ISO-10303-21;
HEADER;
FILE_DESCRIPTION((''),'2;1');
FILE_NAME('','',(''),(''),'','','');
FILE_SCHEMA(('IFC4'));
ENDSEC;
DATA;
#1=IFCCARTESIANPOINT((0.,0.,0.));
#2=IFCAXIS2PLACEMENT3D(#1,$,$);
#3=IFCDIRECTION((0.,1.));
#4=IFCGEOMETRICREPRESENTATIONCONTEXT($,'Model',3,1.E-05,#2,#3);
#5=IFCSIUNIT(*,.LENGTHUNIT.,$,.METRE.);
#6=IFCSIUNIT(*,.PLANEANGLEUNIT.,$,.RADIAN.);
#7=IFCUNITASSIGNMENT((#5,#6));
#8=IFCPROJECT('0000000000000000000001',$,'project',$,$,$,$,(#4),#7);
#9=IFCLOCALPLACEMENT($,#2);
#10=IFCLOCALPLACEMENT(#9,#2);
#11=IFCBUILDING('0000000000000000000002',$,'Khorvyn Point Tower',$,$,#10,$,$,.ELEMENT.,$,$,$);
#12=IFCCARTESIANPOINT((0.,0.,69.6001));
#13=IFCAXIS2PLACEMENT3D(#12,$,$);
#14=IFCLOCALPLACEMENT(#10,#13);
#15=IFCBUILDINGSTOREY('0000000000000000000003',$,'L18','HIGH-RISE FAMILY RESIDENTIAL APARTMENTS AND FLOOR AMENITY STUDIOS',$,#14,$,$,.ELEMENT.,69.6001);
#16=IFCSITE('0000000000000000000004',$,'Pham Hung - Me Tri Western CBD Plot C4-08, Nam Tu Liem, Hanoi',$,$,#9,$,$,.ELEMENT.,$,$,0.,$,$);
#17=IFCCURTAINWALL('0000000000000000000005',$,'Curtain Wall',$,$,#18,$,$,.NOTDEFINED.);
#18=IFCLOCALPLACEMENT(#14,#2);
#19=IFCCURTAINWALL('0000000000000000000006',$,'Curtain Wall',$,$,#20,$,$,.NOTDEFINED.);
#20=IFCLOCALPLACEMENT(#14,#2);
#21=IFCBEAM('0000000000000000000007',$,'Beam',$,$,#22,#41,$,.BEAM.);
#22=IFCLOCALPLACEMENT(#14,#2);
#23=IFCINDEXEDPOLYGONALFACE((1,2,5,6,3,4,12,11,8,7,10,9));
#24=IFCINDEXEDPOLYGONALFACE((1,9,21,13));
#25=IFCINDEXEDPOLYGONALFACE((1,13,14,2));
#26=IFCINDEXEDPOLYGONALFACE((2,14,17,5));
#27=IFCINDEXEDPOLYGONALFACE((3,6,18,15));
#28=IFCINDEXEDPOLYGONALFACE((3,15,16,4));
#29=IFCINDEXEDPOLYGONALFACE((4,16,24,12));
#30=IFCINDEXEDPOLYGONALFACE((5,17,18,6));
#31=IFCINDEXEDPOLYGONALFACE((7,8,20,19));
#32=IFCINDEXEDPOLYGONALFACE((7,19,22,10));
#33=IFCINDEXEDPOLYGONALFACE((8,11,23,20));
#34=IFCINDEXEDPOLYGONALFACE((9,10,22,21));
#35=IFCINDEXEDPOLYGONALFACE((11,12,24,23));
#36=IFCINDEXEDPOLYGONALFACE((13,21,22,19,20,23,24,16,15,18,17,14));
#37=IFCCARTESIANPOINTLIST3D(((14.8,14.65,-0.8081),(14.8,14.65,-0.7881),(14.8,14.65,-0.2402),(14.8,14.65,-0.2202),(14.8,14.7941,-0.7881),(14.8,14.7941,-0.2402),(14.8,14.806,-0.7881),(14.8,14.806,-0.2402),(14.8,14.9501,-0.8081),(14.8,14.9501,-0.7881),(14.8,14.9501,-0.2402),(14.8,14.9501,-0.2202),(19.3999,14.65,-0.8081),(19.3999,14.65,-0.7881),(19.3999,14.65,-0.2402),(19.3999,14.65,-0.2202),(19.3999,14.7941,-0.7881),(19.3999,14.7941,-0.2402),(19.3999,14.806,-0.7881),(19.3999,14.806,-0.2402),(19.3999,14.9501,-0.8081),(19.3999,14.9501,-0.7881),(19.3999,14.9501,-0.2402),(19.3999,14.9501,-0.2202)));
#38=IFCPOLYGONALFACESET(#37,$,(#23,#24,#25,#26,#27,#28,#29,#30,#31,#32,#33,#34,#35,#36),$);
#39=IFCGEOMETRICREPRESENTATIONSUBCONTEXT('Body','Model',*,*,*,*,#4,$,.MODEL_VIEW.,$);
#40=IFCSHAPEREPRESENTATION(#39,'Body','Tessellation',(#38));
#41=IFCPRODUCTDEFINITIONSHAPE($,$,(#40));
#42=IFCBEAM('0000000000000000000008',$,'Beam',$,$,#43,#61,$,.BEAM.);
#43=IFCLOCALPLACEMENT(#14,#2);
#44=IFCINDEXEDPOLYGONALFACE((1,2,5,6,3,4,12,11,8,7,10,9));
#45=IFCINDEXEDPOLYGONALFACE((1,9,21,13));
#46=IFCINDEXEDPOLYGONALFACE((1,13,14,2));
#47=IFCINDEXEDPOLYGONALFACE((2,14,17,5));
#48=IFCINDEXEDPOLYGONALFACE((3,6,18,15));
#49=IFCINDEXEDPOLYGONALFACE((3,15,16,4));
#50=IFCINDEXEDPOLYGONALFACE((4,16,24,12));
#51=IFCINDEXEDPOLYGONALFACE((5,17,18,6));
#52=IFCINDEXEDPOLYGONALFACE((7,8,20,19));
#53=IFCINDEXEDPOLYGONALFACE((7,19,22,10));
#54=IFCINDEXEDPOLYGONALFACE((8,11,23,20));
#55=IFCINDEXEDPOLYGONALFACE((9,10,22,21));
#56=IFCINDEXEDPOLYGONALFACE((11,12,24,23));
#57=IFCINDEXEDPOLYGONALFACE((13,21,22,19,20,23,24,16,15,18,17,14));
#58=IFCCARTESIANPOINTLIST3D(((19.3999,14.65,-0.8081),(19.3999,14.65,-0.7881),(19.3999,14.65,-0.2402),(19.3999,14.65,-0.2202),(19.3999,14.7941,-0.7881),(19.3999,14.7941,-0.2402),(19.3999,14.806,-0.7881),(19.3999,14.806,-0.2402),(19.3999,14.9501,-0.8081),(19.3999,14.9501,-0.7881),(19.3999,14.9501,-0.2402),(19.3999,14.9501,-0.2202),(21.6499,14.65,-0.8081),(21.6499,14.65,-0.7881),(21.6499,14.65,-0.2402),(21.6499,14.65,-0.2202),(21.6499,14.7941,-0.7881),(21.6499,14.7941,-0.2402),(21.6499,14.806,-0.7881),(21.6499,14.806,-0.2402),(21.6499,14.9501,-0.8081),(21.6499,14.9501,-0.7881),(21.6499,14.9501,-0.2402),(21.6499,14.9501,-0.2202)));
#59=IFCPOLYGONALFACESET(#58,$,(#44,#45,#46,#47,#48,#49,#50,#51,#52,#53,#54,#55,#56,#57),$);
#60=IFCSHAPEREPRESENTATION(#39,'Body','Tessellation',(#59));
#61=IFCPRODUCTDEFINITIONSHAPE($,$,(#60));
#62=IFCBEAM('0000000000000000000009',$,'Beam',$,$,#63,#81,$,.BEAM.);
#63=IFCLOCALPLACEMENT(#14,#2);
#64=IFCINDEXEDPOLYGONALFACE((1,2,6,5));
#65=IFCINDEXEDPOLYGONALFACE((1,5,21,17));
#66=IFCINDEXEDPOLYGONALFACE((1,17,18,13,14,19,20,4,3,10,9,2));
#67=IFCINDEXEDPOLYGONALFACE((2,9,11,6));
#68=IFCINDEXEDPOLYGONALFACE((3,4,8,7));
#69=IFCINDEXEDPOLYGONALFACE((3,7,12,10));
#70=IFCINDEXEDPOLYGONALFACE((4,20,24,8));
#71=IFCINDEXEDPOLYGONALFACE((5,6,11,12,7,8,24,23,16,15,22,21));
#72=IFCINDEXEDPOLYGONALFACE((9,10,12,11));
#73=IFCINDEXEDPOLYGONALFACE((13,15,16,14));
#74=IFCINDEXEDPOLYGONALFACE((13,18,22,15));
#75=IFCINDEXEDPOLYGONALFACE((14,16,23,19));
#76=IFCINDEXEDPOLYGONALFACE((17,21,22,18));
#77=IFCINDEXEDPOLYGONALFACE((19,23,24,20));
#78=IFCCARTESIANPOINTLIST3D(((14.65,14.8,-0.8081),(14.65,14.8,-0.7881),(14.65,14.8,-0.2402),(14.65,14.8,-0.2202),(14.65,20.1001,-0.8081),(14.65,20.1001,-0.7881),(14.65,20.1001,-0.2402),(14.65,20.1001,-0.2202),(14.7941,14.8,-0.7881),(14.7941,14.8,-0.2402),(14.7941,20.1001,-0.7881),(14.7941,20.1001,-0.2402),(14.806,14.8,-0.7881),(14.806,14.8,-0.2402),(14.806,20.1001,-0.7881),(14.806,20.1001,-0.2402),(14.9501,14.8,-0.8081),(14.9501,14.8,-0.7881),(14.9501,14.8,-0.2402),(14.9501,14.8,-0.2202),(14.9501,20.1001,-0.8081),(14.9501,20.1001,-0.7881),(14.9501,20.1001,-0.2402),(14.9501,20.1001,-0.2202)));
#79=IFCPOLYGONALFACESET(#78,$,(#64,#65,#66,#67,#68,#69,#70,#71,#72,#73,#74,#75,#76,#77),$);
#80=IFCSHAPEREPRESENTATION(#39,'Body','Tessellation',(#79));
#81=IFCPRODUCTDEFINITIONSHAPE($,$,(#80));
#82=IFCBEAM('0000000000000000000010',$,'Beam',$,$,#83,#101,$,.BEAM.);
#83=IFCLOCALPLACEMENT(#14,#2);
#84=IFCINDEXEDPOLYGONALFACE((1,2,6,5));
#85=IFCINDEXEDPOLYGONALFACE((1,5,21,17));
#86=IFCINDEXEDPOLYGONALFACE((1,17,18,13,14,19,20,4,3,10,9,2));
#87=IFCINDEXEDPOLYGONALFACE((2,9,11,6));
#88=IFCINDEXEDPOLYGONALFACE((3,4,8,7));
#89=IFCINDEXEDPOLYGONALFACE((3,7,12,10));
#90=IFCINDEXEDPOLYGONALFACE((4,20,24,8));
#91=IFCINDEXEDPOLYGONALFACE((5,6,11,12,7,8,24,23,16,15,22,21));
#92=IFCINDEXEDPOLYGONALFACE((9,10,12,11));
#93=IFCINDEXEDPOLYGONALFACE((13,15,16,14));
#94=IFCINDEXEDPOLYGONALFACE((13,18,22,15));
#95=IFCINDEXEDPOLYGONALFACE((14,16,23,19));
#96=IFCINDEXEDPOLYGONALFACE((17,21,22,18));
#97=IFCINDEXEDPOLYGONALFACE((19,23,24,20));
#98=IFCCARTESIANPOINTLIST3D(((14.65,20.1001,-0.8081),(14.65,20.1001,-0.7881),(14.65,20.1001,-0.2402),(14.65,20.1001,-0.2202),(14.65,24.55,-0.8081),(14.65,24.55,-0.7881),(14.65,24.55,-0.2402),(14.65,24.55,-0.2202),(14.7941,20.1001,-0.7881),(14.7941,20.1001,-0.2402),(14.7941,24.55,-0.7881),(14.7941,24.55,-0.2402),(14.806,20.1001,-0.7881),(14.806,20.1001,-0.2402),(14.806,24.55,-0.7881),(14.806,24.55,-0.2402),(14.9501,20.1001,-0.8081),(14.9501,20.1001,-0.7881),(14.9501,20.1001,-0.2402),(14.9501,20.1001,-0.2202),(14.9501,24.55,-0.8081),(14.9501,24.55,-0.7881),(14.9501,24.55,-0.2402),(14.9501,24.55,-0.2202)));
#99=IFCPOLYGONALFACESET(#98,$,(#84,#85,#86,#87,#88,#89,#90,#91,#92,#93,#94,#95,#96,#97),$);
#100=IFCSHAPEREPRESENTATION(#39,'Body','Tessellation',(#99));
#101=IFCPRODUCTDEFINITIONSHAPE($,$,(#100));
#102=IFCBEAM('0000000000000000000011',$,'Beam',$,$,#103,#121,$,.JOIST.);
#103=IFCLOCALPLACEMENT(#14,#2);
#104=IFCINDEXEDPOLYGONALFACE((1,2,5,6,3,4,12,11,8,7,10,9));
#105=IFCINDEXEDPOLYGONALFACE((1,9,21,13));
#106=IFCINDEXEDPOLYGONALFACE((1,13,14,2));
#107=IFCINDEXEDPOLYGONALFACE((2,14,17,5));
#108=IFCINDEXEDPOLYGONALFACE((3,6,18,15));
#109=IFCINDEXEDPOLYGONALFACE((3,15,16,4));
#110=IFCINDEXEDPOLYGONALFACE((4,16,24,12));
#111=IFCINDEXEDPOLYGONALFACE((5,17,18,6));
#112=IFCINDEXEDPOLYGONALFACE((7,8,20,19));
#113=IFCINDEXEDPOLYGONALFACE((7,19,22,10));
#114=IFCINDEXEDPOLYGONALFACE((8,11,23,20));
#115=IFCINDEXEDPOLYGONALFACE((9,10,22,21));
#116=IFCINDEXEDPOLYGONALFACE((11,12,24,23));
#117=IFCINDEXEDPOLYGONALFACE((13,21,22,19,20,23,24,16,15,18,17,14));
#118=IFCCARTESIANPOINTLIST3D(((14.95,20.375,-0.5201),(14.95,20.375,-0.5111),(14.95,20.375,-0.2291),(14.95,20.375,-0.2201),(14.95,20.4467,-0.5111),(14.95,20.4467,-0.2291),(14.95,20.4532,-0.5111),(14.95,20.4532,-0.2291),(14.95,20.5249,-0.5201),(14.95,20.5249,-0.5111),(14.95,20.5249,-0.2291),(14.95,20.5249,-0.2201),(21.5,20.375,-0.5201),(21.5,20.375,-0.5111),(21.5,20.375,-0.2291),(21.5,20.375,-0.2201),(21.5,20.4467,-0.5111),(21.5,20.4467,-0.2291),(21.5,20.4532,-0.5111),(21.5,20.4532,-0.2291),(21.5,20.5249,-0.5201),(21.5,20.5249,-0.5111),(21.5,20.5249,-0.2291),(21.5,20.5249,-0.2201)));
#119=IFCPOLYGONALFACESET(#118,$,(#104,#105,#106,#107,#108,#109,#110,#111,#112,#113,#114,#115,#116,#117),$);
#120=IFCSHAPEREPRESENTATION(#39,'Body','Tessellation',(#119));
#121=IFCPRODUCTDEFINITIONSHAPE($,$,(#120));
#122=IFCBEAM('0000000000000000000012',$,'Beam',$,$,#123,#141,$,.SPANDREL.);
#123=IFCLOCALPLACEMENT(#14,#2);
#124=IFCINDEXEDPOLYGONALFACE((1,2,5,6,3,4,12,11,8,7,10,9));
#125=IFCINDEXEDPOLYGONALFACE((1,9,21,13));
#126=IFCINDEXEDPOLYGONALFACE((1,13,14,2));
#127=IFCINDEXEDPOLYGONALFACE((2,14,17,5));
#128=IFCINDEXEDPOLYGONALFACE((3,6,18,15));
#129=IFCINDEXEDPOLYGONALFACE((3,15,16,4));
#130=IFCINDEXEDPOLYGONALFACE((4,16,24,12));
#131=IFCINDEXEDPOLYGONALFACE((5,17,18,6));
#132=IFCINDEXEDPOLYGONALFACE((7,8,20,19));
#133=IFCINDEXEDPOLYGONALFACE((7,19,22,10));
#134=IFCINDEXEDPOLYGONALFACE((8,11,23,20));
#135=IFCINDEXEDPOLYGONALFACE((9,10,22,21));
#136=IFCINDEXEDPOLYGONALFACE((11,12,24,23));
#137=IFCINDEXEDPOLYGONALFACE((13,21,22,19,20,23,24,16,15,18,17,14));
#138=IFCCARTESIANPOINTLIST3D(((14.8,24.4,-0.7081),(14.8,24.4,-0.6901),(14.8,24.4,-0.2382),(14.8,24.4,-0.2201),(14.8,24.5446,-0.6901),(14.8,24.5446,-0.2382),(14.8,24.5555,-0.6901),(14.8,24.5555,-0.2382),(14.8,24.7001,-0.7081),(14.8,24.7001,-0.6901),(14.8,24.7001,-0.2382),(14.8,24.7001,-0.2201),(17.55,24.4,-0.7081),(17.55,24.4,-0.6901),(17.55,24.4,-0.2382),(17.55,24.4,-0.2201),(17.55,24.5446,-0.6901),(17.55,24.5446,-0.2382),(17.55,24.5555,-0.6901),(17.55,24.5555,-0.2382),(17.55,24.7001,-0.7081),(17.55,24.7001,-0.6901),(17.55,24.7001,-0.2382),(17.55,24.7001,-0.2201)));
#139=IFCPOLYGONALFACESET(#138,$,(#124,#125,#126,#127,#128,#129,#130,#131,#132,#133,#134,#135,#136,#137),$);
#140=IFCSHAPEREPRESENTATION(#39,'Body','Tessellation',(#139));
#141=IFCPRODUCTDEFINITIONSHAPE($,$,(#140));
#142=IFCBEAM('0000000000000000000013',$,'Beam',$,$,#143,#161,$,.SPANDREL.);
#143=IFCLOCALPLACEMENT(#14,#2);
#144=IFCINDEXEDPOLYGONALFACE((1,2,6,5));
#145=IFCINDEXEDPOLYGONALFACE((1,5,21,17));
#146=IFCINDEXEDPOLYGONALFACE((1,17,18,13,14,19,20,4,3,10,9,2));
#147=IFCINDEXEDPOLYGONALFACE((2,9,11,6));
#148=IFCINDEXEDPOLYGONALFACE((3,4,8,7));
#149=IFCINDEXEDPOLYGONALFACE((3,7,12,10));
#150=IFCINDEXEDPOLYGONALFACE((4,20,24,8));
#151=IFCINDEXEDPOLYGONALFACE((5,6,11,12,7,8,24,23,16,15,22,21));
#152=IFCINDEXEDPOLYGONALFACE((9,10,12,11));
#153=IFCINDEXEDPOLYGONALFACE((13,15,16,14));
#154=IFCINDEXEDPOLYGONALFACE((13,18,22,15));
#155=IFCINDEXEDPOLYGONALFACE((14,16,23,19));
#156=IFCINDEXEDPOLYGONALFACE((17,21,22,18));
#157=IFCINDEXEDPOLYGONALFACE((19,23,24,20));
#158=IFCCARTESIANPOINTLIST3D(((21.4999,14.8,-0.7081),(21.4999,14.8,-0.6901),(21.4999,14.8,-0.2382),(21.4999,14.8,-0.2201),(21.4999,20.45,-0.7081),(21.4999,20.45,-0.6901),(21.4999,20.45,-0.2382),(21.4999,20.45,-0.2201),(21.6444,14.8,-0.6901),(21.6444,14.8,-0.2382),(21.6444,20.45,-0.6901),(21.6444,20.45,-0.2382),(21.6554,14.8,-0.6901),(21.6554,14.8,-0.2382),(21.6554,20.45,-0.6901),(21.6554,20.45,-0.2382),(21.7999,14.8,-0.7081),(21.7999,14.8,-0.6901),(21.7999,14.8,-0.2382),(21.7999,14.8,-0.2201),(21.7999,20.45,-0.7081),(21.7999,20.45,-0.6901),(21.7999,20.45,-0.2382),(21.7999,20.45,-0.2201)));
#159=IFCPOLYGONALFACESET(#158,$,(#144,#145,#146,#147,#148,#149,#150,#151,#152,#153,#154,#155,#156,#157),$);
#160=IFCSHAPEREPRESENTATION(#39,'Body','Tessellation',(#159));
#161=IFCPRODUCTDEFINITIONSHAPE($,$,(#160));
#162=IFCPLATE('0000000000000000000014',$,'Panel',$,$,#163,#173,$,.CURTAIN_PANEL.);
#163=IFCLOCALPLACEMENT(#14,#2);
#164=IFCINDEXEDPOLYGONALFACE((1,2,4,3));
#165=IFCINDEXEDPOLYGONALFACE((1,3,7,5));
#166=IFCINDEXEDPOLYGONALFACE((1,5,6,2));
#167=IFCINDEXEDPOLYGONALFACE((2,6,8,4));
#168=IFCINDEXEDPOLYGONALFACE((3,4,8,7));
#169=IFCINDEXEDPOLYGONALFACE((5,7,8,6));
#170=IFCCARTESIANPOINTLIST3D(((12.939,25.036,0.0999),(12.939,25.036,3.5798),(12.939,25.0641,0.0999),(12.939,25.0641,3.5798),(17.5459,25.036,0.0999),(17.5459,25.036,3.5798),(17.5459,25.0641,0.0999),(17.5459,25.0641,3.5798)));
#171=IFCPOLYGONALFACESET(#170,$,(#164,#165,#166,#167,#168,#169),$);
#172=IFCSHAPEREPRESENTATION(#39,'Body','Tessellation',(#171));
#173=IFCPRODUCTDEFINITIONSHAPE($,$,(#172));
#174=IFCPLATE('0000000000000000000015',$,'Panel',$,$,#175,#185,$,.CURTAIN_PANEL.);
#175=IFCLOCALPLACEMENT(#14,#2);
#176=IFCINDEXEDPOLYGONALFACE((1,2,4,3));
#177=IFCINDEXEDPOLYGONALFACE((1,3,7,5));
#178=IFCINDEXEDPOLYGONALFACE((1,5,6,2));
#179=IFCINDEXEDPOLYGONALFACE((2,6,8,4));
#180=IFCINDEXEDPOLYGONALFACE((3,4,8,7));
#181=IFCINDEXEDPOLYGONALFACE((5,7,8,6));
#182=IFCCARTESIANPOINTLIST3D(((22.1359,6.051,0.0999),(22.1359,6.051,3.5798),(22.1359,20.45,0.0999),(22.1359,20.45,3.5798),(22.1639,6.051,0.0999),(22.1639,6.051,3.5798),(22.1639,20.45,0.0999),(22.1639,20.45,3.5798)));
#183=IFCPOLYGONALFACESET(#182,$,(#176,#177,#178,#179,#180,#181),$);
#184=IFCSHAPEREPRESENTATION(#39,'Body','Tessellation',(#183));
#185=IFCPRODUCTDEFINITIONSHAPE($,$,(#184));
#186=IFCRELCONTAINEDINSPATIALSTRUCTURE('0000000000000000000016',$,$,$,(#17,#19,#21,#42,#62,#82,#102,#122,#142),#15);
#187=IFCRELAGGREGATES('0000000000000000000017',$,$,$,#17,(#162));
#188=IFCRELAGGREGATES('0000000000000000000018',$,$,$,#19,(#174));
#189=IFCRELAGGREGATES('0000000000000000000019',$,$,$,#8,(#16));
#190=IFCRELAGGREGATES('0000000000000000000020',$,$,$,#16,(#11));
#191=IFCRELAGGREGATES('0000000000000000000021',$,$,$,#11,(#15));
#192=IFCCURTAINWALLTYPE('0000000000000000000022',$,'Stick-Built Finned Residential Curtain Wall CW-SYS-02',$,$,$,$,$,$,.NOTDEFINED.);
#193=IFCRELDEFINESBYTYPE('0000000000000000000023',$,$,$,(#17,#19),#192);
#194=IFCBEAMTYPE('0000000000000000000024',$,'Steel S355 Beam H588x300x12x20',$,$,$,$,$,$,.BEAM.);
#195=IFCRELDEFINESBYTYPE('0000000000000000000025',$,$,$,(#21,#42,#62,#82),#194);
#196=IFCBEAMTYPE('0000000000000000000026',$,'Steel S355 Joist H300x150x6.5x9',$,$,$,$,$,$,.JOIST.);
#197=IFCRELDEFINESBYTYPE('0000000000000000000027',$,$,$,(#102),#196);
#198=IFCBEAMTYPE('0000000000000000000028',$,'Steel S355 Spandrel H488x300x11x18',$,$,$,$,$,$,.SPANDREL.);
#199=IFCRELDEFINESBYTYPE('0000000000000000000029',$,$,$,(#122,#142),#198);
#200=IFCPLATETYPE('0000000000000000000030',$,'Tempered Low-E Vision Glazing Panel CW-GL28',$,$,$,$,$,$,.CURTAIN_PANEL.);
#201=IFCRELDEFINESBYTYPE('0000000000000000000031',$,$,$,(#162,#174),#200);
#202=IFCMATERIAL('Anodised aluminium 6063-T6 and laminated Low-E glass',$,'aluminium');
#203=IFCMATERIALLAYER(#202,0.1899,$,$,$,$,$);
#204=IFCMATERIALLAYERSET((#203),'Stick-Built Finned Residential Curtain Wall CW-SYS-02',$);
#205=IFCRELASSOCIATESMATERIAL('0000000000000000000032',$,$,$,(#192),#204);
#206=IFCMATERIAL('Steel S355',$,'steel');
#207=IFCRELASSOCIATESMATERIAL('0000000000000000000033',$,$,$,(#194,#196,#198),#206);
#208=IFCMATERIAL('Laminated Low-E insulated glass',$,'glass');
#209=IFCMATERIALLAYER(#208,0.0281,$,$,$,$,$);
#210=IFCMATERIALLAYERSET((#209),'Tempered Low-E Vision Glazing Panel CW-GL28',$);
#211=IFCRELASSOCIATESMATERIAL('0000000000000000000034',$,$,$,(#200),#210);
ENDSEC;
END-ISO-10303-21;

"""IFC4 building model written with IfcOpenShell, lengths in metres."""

from ifc_helpers import new_model, si_unit, direction, frame, origin, origin_2d, place, context, subcontext, project, spatial, rectangle, i_section, extrude, material, layer, layer_set, material_profile, profile_set, type_object, element, aggregate, save


model = new_model("IFC4")

# Units and contexts
model_context = context("Model", 3, precision=1e-05, world=origin(), true_north=direction((0.0, 1.0)))
body_context = subcontext(model_context, "Body", "Model", "MODEL_VIEW")
ifc_project = project(units=[si_unit("LENGTHUNIT", "METRE"), si_unit("PLANEANGLEUNIT", "RADIAN")], contexts=[model_context])

# Site, building, storey
site_placement = place(None, origin())
site = spatial("IfcSite", under=ifc_project, at=site_placement, Name="Pham Hung - Me Tri Western CBD Plot C4-08, Nam Tu Liem, Hanoi", CompositionType="ELEMENT", RefElevation=0.0)
building_placement = place(site_placement, origin())
building = spatial("IfcBuilding", under=site, at=building_placement, Name="Khorvyn Point Tower", CompositionType="ELEMENT")
storey_placement = place(building_placement, frame((0.0, 0.0, 69.6001)))
storey = spatial("IfcBuildingStorey", under=building, at=storey_placement, Name="L18", Description="HIGH-RISE FAMILY RESIDENTIAL APARTMENTS AND FLOOR AMENITY STUDIOS", CompositionType="ELEMENT", Elevation=69.6001)

# Curtain wall
ifc_material_1 = material(Name="Anodised aluminium 6063-T6 and laminated Low-E glass", Category="aluminium")
ifc_layer_1 = layer(ifc_material_1, 0.1899)
ifc_layer_set_1 = layer_set([ifc_layer_1], Name="Stick-Built Finned Residential Curtain Wall CW-SYS-02")
curtain_wall_type = type_object("IfcCurtainWallType", Name="Stick-Built Finned Residential Curtain Wall CW-SYS-02", PredefinedType="NOTDEFINED", material=ifc_layer_set_1)
curtain_wall_1_placement = place(storey_placement, origin())
curtain_wall_1 = element("IfcCurtainWall", 1, at=curtain_wall_1_placement, inside=storey, type_object=curtain_wall_type, Name="Curtain Wall", PredefinedType="NOTDEFINED")

# Curtain wall
curtain_wall_2_placement = place(storey_placement, origin())
curtain_wall_2 = element("IfcCurtainWall", 2, at=curtain_wall_2_placement, inside=storey, type_object=curtain_wall_type, Name="Curtain Wall", PredefinedType="NOTDEFINED")

# Beams
ifc_material_2 = material(Name="Steel S355", Category="steel")
ifc_material_profile_1 = material_profile(ifc_material_2, i_section(OverallWidth=0.3, OverallDepth=0.5879, WebThickness=0.012, FlangeThickness=0.02, at=origin_2d()))
ifc_profile_set_1 = profile_set([ifc_material_profile_1], Name="Steel S355 H588x300x12x20")
beam_type_1 = type_object("IfcBeamType", Name="Steel S355 Beam H588x300x12x20", PredefinedType="BEAM", material=ifc_profile_set_1)
beam_1_placement = place(storey_placement, frame((14.8, 14.8, -0.5142), z_axis=(1.0, 0.0, 0.0), x_axis=(0.0, 1.0, 0.0)))
element("IfcBeam", 3, at=beam_1_placement, inside=storey, type_object=beam_type_1, Name="Beam", PredefinedType="BEAM", context=body_context, shape_type="SweptSolid", body=[
    extrude(i_section(OverallWidth=0.3, OverallDepth=0.5879, WebThickness=0.012, FlangeThickness=0.02, at=origin_2d()), origin(), (0.0, 0.0, 1.0), 4.5999),
])
beam_2_placement = place(storey_placement, frame((19.3999, 14.8, -0.5142), z_axis=(1.0, 0.0, 0.0), x_axis=(0.0, 1.0, 0.0)))
element("IfcBeam", 4, at=beam_2_placement, inside=storey, type_object=beam_type_1, Name="Beam", PredefinedType="BEAM", context=body_context, shape_type="SweptSolid", body=[
    extrude(i_section(OverallWidth=0.3, OverallDepth=0.5879, WebThickness=0.012, FlangeThickness=0.02, at=origin_2d()), origin(), (0.0, 0.0, 1.0), 2.25),
])
beam_3_placement = place(storey_placement, frame((14.8, 14.8, -0.5142), z_axis=(0.0, 1.0, 0.0), x_axis=(-1.0, 0.0, 0.0)))
element("IfcBeam", 5, at=beam_3_placement, inside=storey, type_object=beam_type_1, Name="Beam", PredefinedType="BEAM", context=body_context, shape_type="SweptSolid", body=[
    extrude(i_section(OverallWidth=0.3, OverallDepth=0.5879, WebThickness=0.012, FlangeThickness=0.02, at=origin_2d()), origin(), (0.0, 0.0, 1.0), 5.3),
])
beam_4_placement = place(storey_placement, frame((14.8, 20.1001, -0.5142), z_axis=(0.0, 1.0, 0.0), x_axis=(-1.0, 0.0, 0.0)))
element("IfcBeam", 6, at=beam_4_placement, inside=storey, type_object=beam_type_1, Name="Beam", PredefinedType="BEAM", context=body_context, shape_type="SweptSolid", body=[
    extrude(i_section(OverallWidth=0.3, OverallDepth=0.5879, WebThickness=0.012, FlangeThickness=0.02, at=origin_2d()), origin(), (0.0, 0.0, 1.0), 4.45),
])
ifc_material_profile_2 = material_profile(ifc_material_2, i_section(OverallWidth=0.1499, OverallDepth=0.3, WebThickness=0.0066, FlangeThickness=0.009, at=origin_2d()))
ifc_profile_set_2 = profile_set([ifc_material_profile_2], Name="Steel S355 H300x150x6.5x9")
beam_type_2 = type_object("IfcBeamType", Name="Steel S355 Joist H300x150x6.5x9", PredefinedType="JOIST", material=ifc_profile_set_2)
beam_5_placement = place(storey_placement, frame((14.95, 20.45, -0.3701), z_axis=(1.0, 0.0, 0.0), x_axis=(0.0, 1.0, 0.0)))
element("IfcBeam", 7, at=beam_5_placement, inside=storey, type_object=beam_type_2, Name="Beam", PredefinedType="JOIST", context=body_context, shape_type="SweptSolid", body=[
    extrude(i_section(OverallWidth=0.1499, OverallDepth=0.3, WebThickness=0.0066, FlangeThickness=0.009, at=origin_2d()), origin(), (0.0, 0.0, 1.0), 6.55),
])
ifc_material_profile_3 = material_profile(ifc_material_2, i_section(OverallWidth=0.3, OverallDepth=0.488, WebThickness=0.011, FlangeThickness=0.0181, at=origin_2d()))
ifc_profile_set_3 = profile_set([ifc_material_profile_3], Name="Steel S355 H488x300x11x18")
beam_type_3 = type_object("IfcBeamType", Name="Steel S355 Spandrel H488x300x11x18", PredefinedType="SPANDREL", material=ifc_profile_set_3)
beam_6_placement = place(storey_placement, frame((14.8, 24.55, -0.4641), z_axis=(1.0, 0.0, 0.0), x_axis=(0.0, 1.0, 0.0)))
element("IfcBeam", 8, at=beam_6_placement, inside=storey, type_object=beam_type_3, Name="Beam", PredefinedType="SPANDREL", context=body_context, shape_type="SweptSolid", body=[
    extrude(i_section(OverallWidth=0.3, OverallDepth=0.488, WebThickness=0.011, FlangeThickness=0.0181, at=origin_2d()), origin(), (0.0, 0.0, 1.0), 2.75),
])
beam_7_placement = place(storey_placement, frame((21.6499, 14.8, -0.4641), z_axis=(0.0, 1.0, 0.0), x_axis=(-1.0, 0.0, 0.0)))
element("IfcBeam", 9, at=beam_7_placement, inside=storey, type_object=beam_type_3, Name="Beam", PredefinedType="SPANDREL", context=body_context, shape_type="SweptSolid", body=[
    extrude(i_section(OverallWidth=0.3, OverallDepth=0.488, WebThickness=0.011, FlangeThickness=0.0181, at=origin_2d()), origin(), (0.0, 0.0, 1.0), 5.6499),
])

# Plates
ifc_material_3 = material(Name="Laminated Low-E insulated glass", Category="glass")
ifc_layer_2 = layer(ifc_material_3, 0.0281)
ifc_layer_set_2 = layer_set([ifc_layer_2], Name="Tempered Low-E Vision Glazing Panel CW-GL28")
plate_type = type_object("IfcPlateType", Name="Tempered Low-E Vision Glazing Panel CW-GL28", PredefinedType="CURTAIN_PANEL", material=ifc_layer_set_2)
plate_1_placement = place(storey_placement, frame((15.2424, 25.05, 0.0999), z_axis=(0.0, 0.0, 1.0), x_axis=(1.0, 0.0, 0.0)))
plate_1 = element("IfcPlate", 10, at=plate_1_placement, type_object=plate_type, Name="Panel", PredefinedType="CURTAIN_PANEL", context=body_context, shape_type="SweptSolid", body=[
    extrude(rectangle(XDim=4.6069, YDim=0.0281, at=origin_2d()), origin(), (0.0, 0.0, 1.0), 3.48),
])
aggregate(curtain_wall_1, [plate_1])
plate_2_placement = place(storey_placement, frame((22.1499, 13.2505, 0.0999), z_axis=(0.0, 0.0, 1.0), x_axis=(0.0, -1.0, 0.0)))
plate_2 = element("IfcPlate", 11, at=plate_2_placement, type_object=plate_type, Name="Panel", PredefinedType="CURTAIN_PANEL", context=body_context, shape_type="SweptSolid", body=[
    extrude(rectangle(XDim=14.3989, YDim=0.0281, at=origin_2d()), origin(), (0.0, 0.0, 1.0), 3.48),
])
aggregate(curtain_wall_2, [plate_2])

save(model, "model.ifc")
